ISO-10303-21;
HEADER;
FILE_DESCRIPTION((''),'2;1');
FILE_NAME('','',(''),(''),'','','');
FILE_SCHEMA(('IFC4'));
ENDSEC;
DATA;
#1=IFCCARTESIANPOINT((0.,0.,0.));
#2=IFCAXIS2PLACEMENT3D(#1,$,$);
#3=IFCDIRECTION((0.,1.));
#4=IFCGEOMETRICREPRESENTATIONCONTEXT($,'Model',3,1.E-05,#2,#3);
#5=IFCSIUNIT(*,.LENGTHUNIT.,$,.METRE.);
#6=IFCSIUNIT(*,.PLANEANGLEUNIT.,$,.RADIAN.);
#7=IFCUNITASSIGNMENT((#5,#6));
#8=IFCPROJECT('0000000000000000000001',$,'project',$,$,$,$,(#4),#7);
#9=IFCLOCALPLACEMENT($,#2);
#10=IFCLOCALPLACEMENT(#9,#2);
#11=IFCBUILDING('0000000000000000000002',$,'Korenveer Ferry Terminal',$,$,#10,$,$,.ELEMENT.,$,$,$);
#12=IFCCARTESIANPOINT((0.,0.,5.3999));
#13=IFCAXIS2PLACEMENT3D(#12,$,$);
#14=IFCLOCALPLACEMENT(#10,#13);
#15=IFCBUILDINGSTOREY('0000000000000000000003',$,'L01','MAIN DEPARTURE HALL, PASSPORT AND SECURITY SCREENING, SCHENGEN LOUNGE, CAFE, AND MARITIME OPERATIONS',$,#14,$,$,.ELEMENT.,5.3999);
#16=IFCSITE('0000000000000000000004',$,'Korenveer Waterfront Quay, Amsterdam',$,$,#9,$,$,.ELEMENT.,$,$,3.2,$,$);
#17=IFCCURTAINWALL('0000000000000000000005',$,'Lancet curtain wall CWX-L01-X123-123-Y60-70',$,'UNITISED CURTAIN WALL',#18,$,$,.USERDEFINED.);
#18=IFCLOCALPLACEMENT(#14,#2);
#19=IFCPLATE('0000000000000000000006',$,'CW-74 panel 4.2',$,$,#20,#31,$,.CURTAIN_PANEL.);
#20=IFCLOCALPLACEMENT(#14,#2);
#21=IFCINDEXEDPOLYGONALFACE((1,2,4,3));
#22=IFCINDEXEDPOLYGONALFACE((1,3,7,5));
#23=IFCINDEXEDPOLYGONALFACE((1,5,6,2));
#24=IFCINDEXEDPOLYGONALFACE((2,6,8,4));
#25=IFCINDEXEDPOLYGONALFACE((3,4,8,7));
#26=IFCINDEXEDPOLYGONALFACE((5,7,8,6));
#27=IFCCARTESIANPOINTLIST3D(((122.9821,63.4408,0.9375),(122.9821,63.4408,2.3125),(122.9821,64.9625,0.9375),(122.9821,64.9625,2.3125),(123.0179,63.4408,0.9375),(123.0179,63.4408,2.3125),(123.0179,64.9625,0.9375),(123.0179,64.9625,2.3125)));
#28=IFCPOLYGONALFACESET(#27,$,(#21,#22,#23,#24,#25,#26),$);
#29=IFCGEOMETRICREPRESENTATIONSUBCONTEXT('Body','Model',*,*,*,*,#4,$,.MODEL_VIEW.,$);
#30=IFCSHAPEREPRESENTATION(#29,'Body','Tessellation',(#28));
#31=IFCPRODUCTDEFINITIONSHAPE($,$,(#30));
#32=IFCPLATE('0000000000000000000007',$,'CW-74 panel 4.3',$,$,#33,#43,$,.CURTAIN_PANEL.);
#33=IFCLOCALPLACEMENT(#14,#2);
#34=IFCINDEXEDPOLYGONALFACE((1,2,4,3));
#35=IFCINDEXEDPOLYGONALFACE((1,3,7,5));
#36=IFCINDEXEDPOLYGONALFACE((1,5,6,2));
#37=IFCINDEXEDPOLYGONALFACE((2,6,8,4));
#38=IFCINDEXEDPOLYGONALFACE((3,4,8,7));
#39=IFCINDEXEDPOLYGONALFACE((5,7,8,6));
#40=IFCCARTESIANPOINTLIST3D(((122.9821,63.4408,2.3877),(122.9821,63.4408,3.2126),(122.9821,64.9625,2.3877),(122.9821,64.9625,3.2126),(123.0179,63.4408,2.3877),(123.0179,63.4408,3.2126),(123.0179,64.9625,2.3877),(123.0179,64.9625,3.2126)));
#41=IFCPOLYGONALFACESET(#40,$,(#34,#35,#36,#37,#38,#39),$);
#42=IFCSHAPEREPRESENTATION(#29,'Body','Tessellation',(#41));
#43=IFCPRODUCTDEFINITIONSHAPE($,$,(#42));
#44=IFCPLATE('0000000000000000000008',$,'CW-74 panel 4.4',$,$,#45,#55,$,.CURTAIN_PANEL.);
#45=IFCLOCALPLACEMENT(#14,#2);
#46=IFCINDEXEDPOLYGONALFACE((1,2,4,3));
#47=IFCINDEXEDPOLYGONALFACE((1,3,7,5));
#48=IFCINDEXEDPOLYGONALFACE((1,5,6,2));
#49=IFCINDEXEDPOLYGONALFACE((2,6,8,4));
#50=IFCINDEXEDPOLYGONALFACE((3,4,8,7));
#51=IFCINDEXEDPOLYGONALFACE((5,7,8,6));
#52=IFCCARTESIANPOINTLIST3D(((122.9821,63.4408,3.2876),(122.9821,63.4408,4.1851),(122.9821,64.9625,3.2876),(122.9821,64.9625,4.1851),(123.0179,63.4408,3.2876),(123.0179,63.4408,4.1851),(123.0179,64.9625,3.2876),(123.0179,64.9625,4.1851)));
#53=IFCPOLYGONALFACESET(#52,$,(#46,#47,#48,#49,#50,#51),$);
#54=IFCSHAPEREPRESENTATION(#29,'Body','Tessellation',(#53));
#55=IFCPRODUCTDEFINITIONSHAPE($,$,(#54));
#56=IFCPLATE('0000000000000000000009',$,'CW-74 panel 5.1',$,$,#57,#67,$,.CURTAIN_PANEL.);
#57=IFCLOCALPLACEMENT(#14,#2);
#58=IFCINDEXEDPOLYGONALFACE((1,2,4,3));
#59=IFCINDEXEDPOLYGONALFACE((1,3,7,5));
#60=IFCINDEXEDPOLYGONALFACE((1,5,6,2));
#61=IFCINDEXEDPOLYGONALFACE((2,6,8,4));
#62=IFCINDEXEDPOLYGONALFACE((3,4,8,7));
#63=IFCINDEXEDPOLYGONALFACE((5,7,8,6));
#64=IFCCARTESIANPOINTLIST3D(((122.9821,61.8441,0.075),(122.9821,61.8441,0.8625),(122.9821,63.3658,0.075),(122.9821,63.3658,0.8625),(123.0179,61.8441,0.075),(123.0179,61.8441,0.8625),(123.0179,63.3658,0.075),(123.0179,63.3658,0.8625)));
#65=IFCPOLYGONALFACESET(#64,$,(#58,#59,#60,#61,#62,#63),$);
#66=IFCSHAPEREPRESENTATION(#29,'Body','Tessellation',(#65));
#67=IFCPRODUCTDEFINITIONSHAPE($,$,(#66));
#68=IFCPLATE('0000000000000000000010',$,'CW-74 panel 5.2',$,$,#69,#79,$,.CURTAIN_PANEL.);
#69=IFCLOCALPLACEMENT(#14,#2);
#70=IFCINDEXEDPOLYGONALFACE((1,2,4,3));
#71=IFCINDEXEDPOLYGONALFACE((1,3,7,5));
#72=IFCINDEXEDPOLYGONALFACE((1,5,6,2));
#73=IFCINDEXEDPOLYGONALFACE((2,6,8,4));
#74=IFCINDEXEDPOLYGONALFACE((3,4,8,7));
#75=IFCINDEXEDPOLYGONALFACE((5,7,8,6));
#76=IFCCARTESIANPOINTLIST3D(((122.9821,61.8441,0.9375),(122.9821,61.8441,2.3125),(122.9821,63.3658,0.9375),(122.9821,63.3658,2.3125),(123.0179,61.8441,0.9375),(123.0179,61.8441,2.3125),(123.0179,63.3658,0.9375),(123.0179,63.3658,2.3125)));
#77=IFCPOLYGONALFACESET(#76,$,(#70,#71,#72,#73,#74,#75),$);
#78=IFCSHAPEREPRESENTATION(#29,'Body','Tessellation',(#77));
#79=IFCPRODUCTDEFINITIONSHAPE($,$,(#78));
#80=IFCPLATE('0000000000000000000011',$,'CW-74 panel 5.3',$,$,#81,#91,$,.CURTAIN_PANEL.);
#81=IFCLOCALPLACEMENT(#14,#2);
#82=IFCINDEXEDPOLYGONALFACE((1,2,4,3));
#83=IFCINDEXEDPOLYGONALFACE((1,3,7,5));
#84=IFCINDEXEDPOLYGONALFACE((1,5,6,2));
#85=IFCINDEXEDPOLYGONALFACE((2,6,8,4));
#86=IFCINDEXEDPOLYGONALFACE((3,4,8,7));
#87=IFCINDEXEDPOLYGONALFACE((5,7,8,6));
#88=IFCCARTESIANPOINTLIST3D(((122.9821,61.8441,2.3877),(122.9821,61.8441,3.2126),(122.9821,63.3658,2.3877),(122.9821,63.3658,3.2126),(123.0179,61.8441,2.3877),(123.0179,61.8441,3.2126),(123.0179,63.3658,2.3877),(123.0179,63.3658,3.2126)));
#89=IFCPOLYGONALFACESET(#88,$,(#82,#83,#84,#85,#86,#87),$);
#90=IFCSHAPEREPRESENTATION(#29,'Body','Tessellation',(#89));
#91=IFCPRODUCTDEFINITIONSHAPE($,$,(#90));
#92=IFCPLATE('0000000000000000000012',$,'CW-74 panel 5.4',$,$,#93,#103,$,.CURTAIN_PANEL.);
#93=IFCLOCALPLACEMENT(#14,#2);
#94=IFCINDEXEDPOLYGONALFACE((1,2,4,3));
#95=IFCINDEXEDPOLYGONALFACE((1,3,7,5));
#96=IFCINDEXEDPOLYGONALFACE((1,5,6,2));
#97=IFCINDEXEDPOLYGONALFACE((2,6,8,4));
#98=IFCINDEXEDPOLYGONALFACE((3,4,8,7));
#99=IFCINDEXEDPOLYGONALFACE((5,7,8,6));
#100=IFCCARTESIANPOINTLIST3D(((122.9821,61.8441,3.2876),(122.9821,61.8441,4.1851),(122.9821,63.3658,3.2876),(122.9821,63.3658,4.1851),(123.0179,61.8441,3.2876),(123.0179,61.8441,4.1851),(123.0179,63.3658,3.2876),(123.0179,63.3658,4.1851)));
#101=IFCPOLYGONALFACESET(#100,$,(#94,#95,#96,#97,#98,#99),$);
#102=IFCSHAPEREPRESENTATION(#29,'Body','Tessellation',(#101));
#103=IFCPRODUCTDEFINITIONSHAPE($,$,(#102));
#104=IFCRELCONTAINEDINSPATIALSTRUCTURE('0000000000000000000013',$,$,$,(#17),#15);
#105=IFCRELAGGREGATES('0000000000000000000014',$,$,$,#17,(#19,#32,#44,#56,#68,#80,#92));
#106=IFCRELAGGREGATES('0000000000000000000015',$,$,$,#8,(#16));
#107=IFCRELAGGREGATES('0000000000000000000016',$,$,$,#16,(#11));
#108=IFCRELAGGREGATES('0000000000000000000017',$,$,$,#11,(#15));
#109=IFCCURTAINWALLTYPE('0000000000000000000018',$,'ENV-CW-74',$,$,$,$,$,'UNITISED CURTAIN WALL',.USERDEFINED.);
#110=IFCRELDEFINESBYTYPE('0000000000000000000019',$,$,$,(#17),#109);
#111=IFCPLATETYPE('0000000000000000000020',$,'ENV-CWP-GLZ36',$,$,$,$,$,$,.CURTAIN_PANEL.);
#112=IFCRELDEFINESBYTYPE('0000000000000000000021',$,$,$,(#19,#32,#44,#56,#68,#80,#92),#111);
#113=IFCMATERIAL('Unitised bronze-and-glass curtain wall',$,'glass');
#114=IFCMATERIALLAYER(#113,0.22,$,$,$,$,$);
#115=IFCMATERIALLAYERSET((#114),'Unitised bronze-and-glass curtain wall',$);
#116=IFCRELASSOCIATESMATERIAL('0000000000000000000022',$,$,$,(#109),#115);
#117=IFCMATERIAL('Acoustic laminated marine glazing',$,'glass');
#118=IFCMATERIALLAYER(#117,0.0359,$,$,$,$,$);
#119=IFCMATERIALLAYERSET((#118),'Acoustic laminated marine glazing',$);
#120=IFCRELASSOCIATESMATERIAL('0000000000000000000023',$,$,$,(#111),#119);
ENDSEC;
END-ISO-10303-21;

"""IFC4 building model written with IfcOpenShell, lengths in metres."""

from ifc_helpers import new_model, si_unit, direction, frame, origin, origin_2d, place, context, subcontext, project, spatial, rectangle, extrude, material, layer, layer_set, type_object, element, aggregate, save


model = new_model("IFC4")

# Units and contexts
model_context = context("Model", 3, precision=1e-05, world=origin(), true_north=direction((0.0, 1.0)))
body_context = subcontext(model_context, "Body", "Model", "MODEL_VIEW")
ifc_project = project(units=[si_unit("LENGTHUNIT", "METRE"), si_unit("PLANEANGLEUNIT", "RADIAN")], contexts=[model_context])

# Site, building, storey
site_placement = place(None, origin())
site = spatial("IfcSite", under=ifc_project, at=site_placement, Name="Korenveer Waterfront Quay, Amsterdam", CompositionType="ELEMENT", RefElevation=3.2)
building_placement = place(site_placement, origin())
building = spatial("IfcBuilding", under=site, at=building_placement, Name="Korenveer Ferry Terminal", CompositionType="ELEMENT")
storey_placement = place(building_placement, frame((0.0, 0.0, 5.3999)))
storey = spatial("IfcBuildingStorey", under=building, at=storey_placement, Name="L01", Description="MAIN DEPARTURE HALL, PASSPORT AND SECURITY SCREENING, SCHENGEN LOUNGE, CAFE, AND MARITIME OPERATIONS", CompositionType="ELEMENT", Elevation=5.3999)

# Curtain wall, plates
ifc_material_1 = material(Name="Unitised bronze-and-glass curtain wall", Category="glass")
ifc_layer_1 = layer(ifc_material_1, 0.22)
ifc_layer_set_1 = layer_set([ifc_layer_1], Name="Unitised bronze-and-glass curtain wall")
curtain_wall_type = type_object("IfcCurtainWallType", Name="ENV-CW-74", ElementType="UNITISED CURTAIN WALL", PredefinedType="USERDEFINED", material=ifc_layer_set_1)
curtain_wall_placement = place(storey_placement, frame((123.0, 69.79, 0.0)))
curtain_wall = element("IfcCurtainWall", 1, at=curtain_wall_placement, inside=storey, type_object=curtain_wall_type, Name="Lancet curtain wall CWX-L01-X123-123-Y60-70", ObjectType="UNITISED CURTAIN WALL", PredefinedType="USERDEFINED")
ifc_material_2 = material(Name="Acoustic laminated marine glazing", Category="glass")
ifc_layer_2 = layer(ifc_material_2, 0.0359)
ifc_layer_set_2 = layer_set([ifc_layer_2], Name="Acoustic laminated marine glazing")
plate_type = type_object("IfcPlateType", Name="ENV-CWP-GLZ36", PredefinedType="CURTAIN_PANEL", material=ifc_layer_set_2)
plate_1_placement = place(storey_placement, frame((123.0, 64.2017, 0.9375), z_axis=(0.0, 0.0, 1.0), x_axis=(0.0, -1.0, 0.0)))
plate_1 = element("IfcPlate", 2, at=plate_1_placement, type_object=plate_type, Name="CW-74 panel 4.2", PredefinedType="CURTAIN_PANEL", context=body_context, shape_type="SweptSolid", body=[
    extrude(rectangle(XDim=1.5217, YDim=0.0359, at=origin_2d()), origin(), (0.0, 0.0, 1.0), 1.375),
])
plate_2_placement = place(storey_placement, frame((123.0, 64.2017, 2.3877), z_axis=(0.0, 0.0, 1.0), x_axis=(0.0, -1.0, 0.0)))
plate_2 = element("IfcPlate", 3, at=plate_2_placement, type_object=plate_type, Name="CW-74 panel 4.3", PredefinedType="CURTAIN_PANEL", context=body_context, shape_type="SweptSolid", body=[
    extrude(rectangle(XDim=1.5217, YDim=0.0359, at=origin_2d()), origin(), (0.0, 0.0, 1.0), 0.825),
])
plate_3_placement = place(storey_placement, frame((123.0, 64.2017, 3.2876), z_axis=(0.0, 0.0, 1.0), x_axis=(0.0, -1.0, 0.0)))
plate_3 = element("IfcPlate", 4, at=plate_3_placement, type_object=plate_type, Name="CW-74 panel 4.4", PredefinedType="CURTAIN_PANEL", context=body_context, shape_type="SweptSolid", body=[
    extrude(rectangle(XDim=1.5217, YDim=0.0359, at=origin_2d()), origin(), (0.0, 0.0, 1.0), 0.8975),
])
plate_4_placement = place(storey_placement, frame((123.0, 62.605, 0.075), z_axis=(0.0, 0.0, 1.0), x_axis=(0.0, -1.0, 0.0)))
plate_4 = element("IfcPlate", 5, at=plate_4_placement, type_object=plate_type, Name="CW-74 panel 5.1", PredefinedType="CURTAIN_PANEL", context=body_context, shape_type="SweptSolid", body=[
    extrude(rectangle(XDim=1.5217, YDim=0.0359, at=origin_2d()), origin(), (0.0, 0.0, 1.0), 0.7876),
])
plate_5_placement = place(storey_placement, frame((123.0, 62.605, 0.9375), z_axis=(0.0, 0.0, 1.0), x_axis=(0.0, -1.0, 0.0)))
plate_5 = element("IfcPlate", 6, at=plate_5_placement, type_object=plate_type, Name="CW-74 panel 5.2", PredefinedType="CURTAIN_PANEL", context=body_context, shape_type="SweptSolid", body=[
    extrude(rectangle(XDim=1.5217, YDim=0.0359, at=origin_2d()), origin(), (0.0, 0.0, 1.0), 1.375),
])
plate_6_placement = place(storey_placement, frame((123.0, 62.605, 2.3877), z_axis=(0.0, 0.0, 1.0), x_axis=(0.0, -1.0, 0.0)))
plate_6 = element("IfcPlate", 7, at=plate_6_placement, type_object=plate_type, Name="CW-74 panel 5.3", PredefinedType="CURTAIN_PANEL", context=body_context, shape_type="SweptSolid", body=[
    extrude(rectangle(XDim=1.5217, YDim=0.0359, at=origin_2d()), origin(), (0.0, 0.0, 1.0), 0.825),
])
plate_7_placement = place(storey_placement, frame((123.0, 62.605, 3.2876), z_axis=(0.0, 0.0, 1.0), x_axis=(0.0, -1.0, 0.0)))
plate_7 = element("IfcPlate", 8, at=plate_7_placement, type_object=plate_type, Name="CW-74 panel 5.4", PredefinedType="CURTAIN_PANEL", context=body_context, shape_type="SweptSolid", body=[
    extrude(rectangle(XDim=1.5217, YDim=0.0359, at=origin_2d()), origin(), (0.0, 0.0, 1.0), 0.8975),
])
aggregate(curtain_wall, [plate_1, plate_2, plate_3, plate_4, plate_5, plate_6, plate_7])

save(model, "model.ifc")
